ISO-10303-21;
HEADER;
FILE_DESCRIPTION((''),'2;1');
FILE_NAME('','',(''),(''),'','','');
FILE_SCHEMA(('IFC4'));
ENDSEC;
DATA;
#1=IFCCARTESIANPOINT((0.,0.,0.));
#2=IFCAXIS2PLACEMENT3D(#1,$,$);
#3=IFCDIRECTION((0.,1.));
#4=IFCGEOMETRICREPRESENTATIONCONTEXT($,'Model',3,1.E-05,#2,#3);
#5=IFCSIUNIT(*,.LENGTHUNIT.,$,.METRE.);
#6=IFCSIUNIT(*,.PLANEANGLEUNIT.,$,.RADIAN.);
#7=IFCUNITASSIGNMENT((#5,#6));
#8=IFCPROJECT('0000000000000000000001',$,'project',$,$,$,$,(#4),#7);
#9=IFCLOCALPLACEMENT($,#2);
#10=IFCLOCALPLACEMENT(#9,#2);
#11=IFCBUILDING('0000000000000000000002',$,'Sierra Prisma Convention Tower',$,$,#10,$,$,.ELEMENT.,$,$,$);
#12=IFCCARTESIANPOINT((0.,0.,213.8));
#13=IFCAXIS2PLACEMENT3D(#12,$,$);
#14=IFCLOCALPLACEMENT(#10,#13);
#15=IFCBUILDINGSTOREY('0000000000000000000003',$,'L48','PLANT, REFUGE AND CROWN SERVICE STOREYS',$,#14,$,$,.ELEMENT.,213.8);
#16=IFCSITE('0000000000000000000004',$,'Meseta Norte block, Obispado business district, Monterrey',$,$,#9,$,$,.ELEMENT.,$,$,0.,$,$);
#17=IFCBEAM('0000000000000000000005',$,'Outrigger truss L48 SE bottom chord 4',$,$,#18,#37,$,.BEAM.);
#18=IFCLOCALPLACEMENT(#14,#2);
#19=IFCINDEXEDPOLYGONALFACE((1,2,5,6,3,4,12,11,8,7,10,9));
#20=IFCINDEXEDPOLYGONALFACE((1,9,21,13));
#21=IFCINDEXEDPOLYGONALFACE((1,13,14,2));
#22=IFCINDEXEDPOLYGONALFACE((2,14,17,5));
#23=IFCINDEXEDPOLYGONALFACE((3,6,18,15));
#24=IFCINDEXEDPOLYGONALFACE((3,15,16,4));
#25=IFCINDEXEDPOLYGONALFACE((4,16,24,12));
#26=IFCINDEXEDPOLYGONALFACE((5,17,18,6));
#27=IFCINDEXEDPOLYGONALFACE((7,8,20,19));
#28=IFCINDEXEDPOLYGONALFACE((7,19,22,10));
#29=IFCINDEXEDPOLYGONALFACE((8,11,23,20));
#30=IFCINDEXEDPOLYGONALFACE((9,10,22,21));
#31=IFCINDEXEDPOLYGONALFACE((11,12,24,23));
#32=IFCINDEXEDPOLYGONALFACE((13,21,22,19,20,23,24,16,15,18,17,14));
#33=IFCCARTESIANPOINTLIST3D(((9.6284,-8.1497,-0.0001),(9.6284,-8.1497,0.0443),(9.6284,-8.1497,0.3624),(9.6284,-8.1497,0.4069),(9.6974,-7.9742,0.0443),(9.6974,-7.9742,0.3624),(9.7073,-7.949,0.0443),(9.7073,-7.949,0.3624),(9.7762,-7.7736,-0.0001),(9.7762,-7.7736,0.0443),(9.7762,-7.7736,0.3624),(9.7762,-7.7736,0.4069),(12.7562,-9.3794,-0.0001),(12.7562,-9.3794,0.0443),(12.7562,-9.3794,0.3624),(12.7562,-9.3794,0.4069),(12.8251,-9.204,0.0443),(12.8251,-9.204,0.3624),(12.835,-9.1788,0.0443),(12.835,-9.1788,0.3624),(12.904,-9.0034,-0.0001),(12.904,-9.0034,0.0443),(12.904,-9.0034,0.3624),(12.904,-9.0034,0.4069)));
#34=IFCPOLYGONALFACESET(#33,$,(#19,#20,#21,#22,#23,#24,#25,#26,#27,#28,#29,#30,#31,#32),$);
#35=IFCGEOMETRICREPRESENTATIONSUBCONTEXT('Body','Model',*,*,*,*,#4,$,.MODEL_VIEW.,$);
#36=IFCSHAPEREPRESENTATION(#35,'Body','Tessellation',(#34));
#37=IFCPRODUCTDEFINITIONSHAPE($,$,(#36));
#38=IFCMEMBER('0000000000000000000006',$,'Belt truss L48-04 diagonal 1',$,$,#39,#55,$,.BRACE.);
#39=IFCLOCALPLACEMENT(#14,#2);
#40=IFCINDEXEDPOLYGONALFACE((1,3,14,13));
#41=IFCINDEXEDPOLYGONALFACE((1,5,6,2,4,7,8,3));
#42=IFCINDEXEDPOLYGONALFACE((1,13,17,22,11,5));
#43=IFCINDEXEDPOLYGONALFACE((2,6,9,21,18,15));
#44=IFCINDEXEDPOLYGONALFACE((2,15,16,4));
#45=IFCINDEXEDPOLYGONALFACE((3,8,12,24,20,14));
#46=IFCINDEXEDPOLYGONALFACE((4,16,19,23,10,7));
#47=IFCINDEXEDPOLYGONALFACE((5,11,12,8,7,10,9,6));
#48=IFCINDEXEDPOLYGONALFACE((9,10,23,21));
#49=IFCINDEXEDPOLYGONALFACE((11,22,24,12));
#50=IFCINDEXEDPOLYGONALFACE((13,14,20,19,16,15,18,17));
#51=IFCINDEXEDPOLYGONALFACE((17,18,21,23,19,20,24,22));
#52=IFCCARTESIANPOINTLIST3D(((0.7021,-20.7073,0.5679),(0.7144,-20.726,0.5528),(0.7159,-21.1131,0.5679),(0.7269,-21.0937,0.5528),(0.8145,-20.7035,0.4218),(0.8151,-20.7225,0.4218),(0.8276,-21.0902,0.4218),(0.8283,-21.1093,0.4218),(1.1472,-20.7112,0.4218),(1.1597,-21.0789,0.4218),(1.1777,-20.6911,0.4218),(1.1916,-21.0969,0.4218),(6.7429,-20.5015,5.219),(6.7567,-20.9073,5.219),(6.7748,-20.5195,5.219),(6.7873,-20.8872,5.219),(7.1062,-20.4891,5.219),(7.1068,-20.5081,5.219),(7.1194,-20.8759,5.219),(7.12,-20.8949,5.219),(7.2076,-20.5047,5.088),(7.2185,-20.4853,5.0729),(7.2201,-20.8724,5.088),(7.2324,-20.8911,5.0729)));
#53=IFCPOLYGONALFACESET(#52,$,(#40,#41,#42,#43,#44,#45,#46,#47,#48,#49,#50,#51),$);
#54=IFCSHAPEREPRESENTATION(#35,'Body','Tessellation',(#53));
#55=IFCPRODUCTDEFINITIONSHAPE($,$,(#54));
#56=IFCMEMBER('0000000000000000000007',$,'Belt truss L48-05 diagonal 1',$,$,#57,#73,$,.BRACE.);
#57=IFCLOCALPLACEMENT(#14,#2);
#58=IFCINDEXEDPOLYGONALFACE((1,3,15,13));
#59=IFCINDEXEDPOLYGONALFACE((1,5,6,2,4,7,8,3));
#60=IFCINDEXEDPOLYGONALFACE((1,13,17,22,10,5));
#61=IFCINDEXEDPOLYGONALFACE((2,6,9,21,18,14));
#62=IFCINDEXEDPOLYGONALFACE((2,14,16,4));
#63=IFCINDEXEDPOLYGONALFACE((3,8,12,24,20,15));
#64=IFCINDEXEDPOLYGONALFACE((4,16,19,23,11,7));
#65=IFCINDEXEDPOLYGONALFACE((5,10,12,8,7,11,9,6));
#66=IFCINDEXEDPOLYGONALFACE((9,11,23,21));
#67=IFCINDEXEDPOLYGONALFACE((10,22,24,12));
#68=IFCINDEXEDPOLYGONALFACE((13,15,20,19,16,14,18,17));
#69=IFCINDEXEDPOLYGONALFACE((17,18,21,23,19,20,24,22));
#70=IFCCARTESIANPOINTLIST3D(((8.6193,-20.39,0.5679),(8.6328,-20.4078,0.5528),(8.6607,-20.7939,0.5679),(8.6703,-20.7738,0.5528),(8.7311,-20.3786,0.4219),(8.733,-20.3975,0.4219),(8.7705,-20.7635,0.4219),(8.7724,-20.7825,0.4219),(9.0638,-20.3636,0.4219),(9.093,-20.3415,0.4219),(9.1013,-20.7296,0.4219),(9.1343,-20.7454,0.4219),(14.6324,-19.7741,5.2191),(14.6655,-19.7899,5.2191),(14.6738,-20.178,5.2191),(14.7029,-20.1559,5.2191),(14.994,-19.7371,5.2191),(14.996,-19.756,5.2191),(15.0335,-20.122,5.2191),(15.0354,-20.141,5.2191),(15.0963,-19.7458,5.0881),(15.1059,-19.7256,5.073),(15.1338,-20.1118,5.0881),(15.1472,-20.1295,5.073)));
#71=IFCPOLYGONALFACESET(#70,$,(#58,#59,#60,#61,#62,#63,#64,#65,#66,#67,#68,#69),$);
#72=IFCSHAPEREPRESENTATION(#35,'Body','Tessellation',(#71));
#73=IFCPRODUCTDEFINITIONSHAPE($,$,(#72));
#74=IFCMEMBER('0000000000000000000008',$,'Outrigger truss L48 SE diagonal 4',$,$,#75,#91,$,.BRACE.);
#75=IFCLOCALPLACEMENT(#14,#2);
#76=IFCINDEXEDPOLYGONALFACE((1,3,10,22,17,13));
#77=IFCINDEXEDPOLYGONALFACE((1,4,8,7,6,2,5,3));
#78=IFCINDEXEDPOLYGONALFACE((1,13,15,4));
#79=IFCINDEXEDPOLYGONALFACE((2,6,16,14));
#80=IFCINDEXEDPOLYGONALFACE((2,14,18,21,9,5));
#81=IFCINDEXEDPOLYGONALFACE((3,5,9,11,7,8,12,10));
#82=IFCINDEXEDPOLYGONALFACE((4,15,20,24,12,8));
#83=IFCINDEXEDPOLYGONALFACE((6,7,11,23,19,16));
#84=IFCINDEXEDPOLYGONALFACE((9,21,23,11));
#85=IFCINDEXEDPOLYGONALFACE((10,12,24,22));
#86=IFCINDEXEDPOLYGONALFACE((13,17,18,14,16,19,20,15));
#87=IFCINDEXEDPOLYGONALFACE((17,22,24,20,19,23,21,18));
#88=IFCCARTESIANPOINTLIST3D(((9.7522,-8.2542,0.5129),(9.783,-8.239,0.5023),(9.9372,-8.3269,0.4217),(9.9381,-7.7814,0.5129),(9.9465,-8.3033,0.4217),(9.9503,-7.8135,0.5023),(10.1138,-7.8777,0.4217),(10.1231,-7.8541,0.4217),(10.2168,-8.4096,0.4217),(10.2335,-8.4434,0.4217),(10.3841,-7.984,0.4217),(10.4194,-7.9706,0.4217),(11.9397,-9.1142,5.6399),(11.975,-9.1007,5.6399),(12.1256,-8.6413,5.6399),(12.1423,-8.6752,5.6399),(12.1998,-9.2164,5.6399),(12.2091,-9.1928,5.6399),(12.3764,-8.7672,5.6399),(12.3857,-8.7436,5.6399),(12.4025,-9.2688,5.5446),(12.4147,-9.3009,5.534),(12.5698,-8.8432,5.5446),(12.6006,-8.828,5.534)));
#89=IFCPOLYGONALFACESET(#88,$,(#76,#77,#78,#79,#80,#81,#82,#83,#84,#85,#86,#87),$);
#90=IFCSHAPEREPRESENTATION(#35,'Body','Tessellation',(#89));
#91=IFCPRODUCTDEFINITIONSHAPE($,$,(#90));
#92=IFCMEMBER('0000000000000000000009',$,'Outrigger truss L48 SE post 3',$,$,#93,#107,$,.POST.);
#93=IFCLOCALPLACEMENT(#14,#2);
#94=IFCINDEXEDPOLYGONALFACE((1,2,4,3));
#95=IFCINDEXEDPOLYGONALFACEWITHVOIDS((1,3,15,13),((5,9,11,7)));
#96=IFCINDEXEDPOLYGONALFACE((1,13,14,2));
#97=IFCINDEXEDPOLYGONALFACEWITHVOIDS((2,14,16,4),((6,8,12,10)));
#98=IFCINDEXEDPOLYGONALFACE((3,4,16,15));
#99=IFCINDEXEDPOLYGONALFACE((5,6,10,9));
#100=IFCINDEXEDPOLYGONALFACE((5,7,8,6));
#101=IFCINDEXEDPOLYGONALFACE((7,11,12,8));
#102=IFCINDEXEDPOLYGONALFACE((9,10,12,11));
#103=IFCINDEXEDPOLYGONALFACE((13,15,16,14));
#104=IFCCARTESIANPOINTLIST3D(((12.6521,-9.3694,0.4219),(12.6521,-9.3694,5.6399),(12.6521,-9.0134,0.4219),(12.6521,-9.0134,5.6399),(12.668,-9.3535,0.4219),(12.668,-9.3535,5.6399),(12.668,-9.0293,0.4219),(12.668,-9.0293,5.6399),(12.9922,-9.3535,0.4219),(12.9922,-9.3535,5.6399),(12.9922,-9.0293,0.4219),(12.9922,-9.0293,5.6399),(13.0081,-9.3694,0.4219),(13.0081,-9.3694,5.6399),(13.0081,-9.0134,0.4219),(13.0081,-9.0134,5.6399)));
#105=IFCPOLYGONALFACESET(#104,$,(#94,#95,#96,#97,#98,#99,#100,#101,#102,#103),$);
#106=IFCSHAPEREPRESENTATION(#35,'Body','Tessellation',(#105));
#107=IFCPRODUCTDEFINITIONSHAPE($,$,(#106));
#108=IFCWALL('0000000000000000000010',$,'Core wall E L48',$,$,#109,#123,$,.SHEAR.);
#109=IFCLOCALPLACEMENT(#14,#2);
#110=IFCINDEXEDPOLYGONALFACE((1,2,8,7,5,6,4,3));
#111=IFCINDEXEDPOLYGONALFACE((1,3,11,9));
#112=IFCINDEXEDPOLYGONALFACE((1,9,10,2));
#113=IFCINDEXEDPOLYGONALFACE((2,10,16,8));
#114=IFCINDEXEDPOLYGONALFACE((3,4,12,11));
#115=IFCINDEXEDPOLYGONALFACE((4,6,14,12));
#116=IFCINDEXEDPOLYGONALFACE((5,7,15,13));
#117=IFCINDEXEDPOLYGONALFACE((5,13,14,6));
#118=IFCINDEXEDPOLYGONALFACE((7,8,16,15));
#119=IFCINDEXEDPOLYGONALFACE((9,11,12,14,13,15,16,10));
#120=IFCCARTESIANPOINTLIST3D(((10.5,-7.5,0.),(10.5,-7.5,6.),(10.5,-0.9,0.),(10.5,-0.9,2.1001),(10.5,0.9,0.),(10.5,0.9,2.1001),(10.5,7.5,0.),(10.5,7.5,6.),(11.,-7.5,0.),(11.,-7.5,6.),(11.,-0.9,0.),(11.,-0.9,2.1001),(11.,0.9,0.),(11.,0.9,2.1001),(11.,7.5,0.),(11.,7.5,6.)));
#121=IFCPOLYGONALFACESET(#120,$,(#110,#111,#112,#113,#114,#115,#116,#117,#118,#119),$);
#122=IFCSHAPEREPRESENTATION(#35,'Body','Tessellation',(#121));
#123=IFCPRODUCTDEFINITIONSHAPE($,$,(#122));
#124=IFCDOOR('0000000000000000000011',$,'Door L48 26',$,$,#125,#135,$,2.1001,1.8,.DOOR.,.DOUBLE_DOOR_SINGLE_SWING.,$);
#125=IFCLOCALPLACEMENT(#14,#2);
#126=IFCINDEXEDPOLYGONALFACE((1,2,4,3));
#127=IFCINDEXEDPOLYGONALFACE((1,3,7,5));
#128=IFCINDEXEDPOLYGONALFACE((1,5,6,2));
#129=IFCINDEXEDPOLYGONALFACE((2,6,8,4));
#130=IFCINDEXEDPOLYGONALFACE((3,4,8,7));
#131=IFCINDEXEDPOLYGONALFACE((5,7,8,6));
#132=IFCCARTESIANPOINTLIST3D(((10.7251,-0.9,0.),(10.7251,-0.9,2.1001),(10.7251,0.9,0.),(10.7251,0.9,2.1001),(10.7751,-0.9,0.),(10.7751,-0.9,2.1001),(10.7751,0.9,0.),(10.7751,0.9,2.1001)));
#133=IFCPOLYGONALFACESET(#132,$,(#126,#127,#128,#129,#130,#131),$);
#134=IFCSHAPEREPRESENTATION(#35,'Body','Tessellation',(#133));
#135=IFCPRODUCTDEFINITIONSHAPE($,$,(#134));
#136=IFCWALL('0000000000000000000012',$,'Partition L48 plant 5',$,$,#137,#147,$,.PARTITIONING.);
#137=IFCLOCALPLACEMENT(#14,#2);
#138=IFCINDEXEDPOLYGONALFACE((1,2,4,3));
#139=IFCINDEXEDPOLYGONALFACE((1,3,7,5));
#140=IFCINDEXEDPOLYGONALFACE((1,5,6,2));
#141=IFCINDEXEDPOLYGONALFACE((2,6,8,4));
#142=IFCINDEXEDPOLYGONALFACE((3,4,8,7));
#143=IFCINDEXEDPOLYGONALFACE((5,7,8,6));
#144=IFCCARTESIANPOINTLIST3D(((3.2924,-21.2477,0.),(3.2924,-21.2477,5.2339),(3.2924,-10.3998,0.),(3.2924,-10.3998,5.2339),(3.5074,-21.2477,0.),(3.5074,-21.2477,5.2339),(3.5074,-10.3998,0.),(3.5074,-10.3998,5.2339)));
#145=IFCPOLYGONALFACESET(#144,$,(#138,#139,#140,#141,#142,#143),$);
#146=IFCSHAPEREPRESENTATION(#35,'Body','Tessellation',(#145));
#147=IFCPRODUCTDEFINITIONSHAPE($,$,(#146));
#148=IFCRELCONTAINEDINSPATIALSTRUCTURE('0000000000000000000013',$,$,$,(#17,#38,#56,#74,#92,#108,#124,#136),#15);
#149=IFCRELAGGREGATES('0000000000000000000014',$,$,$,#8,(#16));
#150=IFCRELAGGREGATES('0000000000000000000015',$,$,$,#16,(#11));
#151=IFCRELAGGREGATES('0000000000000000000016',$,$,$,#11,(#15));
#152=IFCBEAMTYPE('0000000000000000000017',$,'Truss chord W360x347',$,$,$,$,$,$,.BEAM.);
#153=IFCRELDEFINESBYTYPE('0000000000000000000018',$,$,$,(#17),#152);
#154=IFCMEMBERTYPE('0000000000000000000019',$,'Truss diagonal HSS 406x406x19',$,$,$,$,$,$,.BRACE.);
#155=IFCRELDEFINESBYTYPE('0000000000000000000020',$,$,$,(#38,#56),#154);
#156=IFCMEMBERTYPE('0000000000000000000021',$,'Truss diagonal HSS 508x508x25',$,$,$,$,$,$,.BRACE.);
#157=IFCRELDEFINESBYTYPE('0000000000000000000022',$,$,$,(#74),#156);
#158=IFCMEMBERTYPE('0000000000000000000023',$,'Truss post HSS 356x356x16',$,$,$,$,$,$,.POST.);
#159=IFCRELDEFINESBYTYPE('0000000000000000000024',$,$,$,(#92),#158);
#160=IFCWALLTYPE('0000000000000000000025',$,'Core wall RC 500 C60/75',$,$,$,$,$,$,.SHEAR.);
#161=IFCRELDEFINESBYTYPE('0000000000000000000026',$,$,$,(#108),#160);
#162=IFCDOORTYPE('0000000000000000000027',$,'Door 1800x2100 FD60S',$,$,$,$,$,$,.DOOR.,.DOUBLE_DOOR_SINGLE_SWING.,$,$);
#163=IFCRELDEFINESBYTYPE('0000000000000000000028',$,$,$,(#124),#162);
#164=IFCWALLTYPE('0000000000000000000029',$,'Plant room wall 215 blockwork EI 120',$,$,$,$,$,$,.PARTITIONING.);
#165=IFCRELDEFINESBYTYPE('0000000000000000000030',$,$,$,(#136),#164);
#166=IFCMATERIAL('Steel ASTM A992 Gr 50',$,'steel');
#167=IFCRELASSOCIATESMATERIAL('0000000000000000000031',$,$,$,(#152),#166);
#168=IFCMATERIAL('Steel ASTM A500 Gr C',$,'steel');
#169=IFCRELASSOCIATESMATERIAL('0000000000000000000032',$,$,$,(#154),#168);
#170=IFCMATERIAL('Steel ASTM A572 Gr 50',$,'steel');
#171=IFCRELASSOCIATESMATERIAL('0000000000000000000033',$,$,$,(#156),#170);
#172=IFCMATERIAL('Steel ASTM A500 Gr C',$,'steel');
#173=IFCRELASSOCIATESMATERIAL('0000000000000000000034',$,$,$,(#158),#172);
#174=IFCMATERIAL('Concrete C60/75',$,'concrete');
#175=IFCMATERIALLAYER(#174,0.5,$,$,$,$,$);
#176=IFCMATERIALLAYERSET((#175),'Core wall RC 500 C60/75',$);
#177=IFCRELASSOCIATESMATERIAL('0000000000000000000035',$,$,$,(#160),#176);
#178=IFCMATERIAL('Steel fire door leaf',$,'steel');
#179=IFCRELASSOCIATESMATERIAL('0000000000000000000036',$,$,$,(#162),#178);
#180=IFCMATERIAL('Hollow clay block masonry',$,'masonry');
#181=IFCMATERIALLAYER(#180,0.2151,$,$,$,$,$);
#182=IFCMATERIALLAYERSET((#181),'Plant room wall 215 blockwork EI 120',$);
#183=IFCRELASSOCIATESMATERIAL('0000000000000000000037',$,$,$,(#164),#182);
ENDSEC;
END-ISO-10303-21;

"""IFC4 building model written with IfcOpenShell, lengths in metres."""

from ifc_helpers import new_model, si_unit, direction, frame, frame_2d, origin, origin_2d, place, context, subcontext, project, spatial, rectangle, hollow_rectangle, i_section, extrude, clip, halfspace, material, layer, layer_set, material_profile, profile_set, type_object, element, fill, save


model = new_model("IFC4")

# Units and contexts
model_context = context("Model", 3, precision=1e-05, world=origin(), true_north=direction((0.0, 1.0)))
body_context = subcontext(model_context, "Body", "Model", "MODEL_VIEW")
ifc_project = project(units=[si_unit("LENGTHUNIT", "METRE"), si_unit("PLANEANGLEUNIT", "RADIAN")], contexts=[model_context])

# Site, building, storey
site_placement = place(None, origin())
site = spatial("IfcSite", under=ifc_project, at=site_placement, Name="Meseta Norte block, Obispado business district, Monterrey", CompositionType="ELEMENT", RefElevation=0.0)
building_placement = place(site_placement, origin())
building = spatial("IfcBuilding", under=site, at=building_placement, Name="Sierra Prisma Convention Tower", CompositionType="ELEMENT")
storey_placement = place(building_placement, frame((0.0, 0.0, 213.8)))
storey = spatial("IfcBuildingStorey", under=building, at=storey_placement, Name="L48", Description="PLANT, REFUGE AND CROWN SERVICE STOREYS", CompositionType="ELEMENT", Elevation=213.8)

# Beam
ifc_material_1 = material(Name="Steel ASTM A992 Gr 50", Category="steel")
ifc_material_profile_1 = material_profile(ifc_material_1, i_section(OverallWidth=0.4041, OverallDepth=0.407, WebThickness=0.0271, FlangeThickness=0.0444, at=origin_2d()), Name="W360x347")
ifc_profile_set_1 = profile_set([ifc_material_profile_1], Name="Steel ASTM A992 Gr 50")
beam_type_1 = type_object("IfcBeamType", Name="Truss chord W360x347", PredefinedType="BEAM", material=ifc_profile_set_1)
beam_1_placement = place(storey_placement, frame((12.8301, -9.1914, 0.2034), z_axis=(-0.93065, 0.365911, 0.0), x_axis=(-0.365911, -0.93065, 0.0)))
element("IfcBeam", 1, at=beam_1_placement, inside=storey, type_object=beam_type_1, Name="Outrigger truss L48 SE bottom chord 4", PredefinedType="BEAM", context=body_context, shape_type="SweptSolid", body=[
    extrude(i_section(OverallWidth=0.4041, OverallDepth=0.407, WebThickness=0.0271, FlangeThickness=0.0444, at=origin_2d()), origin(), (0.0, 0.0, 1.0), 3.3608),
])

# Members
ifc_material_2 = material(Name="Steel ASTM A500 Gr C", Category="steel")
ifc_material_profile_2 = material_profile(ifc_material_2, hollow_rectangle(XDim=0.406, YDim=0.406, WallThickness=0.019, at=origin_2d()), Name="Truss diagonal HSS 406x406x19")
ifc_profile_set_2 = profile_set([ifc_material_profile_2], Name="Steel ASTM A500 Gr C")
member_type_1 = type_object("IfcMemberType", Name="Truss diagonal HSS 406x406x19", PredefinedType="BRACE", material=ifc_profile_set_2)
member_1_placement = place(storey_placement, frame((0.8328, -20.906, 0.407), z_axis=(0.792057, 0.02699, 0.609851), x_axis=(-0.034056, 0.99942, 0.0)))
element("IfcMember", 2, at=member_1_placement, inside=storey, type_object=member_type_1, Name="Belt truss L48-04 diagonal 1", PredefinedType="BRACE", context=body_context, shape_type="SweptSolid", body=[
    clip(clip(extrude(hollow_rectangle(XDim=0.406, YDim=0.406, WallThickness=0.019, at=origin_2d()), origin(), (0.0, 0.0, 1.0), 7.9148), halfspace(frame((0.0, 0.0117, 0.009), z_axis=(0.0, 0.792516, 0.609851), x_axis=(1.0, 0.0, 0.0)), True)), halfspace(frame((-0.0002, -0.0117, 7.9058), z_axis=(0.0, -0.792516, -0.609851), x_axis=(1.0, 0.0, 0.0)), True)),
])
member_2_placement = place(storey_placement, frame((8.7632, -20.5793, 0.407), z_axis=(0.788401, 0.080752, 0.609839), x_axis=(-0.101893, 0.994795, 0.0)))
element("IfcMember", 3, at=member_2_placement, inside=storey, type_object=member_type_1, Name="Belt truss L48-05 diagonal 1", PredefinedType="BRACE", context=body_context, shape_type="SweptSolid", body=[
    clip(clip(extrude(hollow_rectangle(XDim=0.406, YDim=0.406, WallThickness=0.019, at=origin_2d()), origin(), (0.0, 0.0, 1.0), 7.915), halfspace(frame((0.0, 0.0117, 0.0093), z_axis=(0.0, 0.792526, 0.609839), x_axis=(1.0, 0.0, 0.0)), True)), halfspace(frame((0.0, -0.0117, 7.906), z_axis=(0.0, -0.792526, -0.609839), x_axis=(1.0, 0.0, 0.0)), True)),
])
ifc_material_3 = material(Name="Steel ASTM A572 Gr 50", Category="steel")
ifc_material_profile_3 = material_profile(ifc_material_3, hollow_rectangle(XDim=0.5081, YDim=0.5081, WallThickness=0.0254, at=origin_2d()), Name="Truss diagonal HSS 508x508x25")
ifc_profile_set_3 = profile_set([ifc_material_profile_3], Name="Steel ASTM A572 Gr 50")
member_type_2 = type_object("IfcMemberType", Name="Truss diagonal HSS 508x508x25", PredefinedType="BRACE", material=ifc_profile_set_3)
member_3_placement = place(storey_placement, frame((12.2927, -8.98, 5.6399), z_axis=(-0.387844, 0.152466, -0.909027), x_axis=(-0.365857, -0.930671, 0.0)))
element("IfcMember", 4, at=member_3_placement, inside=storey, type_object=member_type_2, Name="Outrigger truss L48 SE diagonal 4", PredefinedType="BRACE", context=body_context, shape_type="SweptSolid", body=[
    clip(clip(extrude(hollow_rectangle(XDim=0.5081, YDim=0.5081, WallThickness=0.0254, at=origin_2d()), origin(), (0.0, 0.0, 1.0), 5.7566), halfspace(frame((0.0, 0.0, 0.0), z_axis=(0.0, -0.416736, 0.909027), x_axis=(1.0, 0.0, 0.0)), True)), halfspace(frame((0.0, 0.0061, 5.7432), z_axis=(0.0, 0.416736, -0.909027), x_axis=(1.0, 0.0, 0.0)), True)),
])
ifc_material_4 = material(Name="Steel ASTM A500 Gr C", Category="steel")
ifc_material_profile_4 = material_profile(ifc_material_4, hollow_rectangle(XDim=0.356, YDim=0.356, WallThickness=0.0159, at=origin_2d()), Name="Truss post HSS 356x356x16")
ifc_profile_set_4 = profile_set([ifc_material_profile_4], Name="Steel ASTM A500 Gr C")
member_type_3 = type_object("IfcMemberType", Name="Truss post HSS 356x356x16", PredefinedType="POST", material=ifc_profile_set_4)
member_4_placement = place(storey_placement, frame((12.8301, -9.1914, 0.4219), z_axis=(0.0, 0.0, 1.0), x_axis=(1.0, 0.0, 0.0)))
element("IfcMember", 5, at=member_4_placement, inside=storey, type_object=member_type_3, Name="Outrigger truss L48 SE post 3", PredefinedType="POST", context=body_context, shape_type="SweptSolid", body=[
    extrude(hollow_rectangle(XDim=0.356, YDim=0.356, WallThickness=0.0159, at=origin_2d()), origin(), (0.0, 0.0, 1.0), 5.218),
])

# Wall, opening, door
ifc_material_5 = material(Name="Concrete C60/75", Category="concrete")
ifc_layer_1 = layer(ifc_material_5, 0.5)
ifc_layer_set_1 = layer_set([ifc_layer_1], Name="Core wall RC 500 C60/75")
wall_type_1 = type_object("IfcWallType", Name="Core wall RC 500 C60/75", PredefinedType="SHEAR", material=ifc_layer_set_1)
wall_1_placement = place(storey_placement, frame((10.75, -7.5, 0.0), z_axis=(0.0, 0.0, 1.0), x_axis=(0.0, 1.0, 0.0)))
wall_1 = element("IfcWall", 6, at=wall_1_placement, inside=storey, type_object=wall_type_1, Name="Core wall E L48", PredefinedType="SHEAR", context=body_context, shape_type="SweptSolid", body=[
    extrude(rectangle(XDim=15.0, YDim=0.5, at=frame_2d((7.5, 0.0))), origin(), (0.0, 0.0, 1.0), 6.0),
])
opening_placement = place(wall_1_placement, frame((6.6001, 0.0, 0.0)))
opening = element("IfcOpeningElement", 7, at=opening_placement, cuts=wall_1, PredefinedType="OPENING", context=body_context, shape_type="SweptSolid", body=[
    extrude(rectangle(XDim=1.8, YDim=2.1001, at=frame_2d((0.8999, 1.05))), frame((0.0, 0.25, 0.0), z_axis=(0.0, -1.0, 0.0), x_axis=(1.0, 0.0, 0.0)), (0.0, 0.0, 1.0), 0.5),
])
ifc_material_6 = material(Name="Steel fire door leaf", Category="steel")
door_type = type_object("IfcDoorType", Name="Door 1800x2100 FD60S", OperationType="DOUBLE_DOOR_SINGLE_SWING", PredefinedType="DOOR", material=ifc_material_6)
door_placement = place(opening_placement, origin())
door = element("IfcDoor", 8, at=door_placement, inside=storey, type_object=door_type, Name="Door L48 26", OperationType="DOUBLE_DOOR_SINGLE_SWING", OverallHeight=2.1001, OverallWidth=1.8, PredefinedType="DOOR", context=body_context, shape_type="SweptSolid", body=[
    extrude(rectangle(XDim=1.8, YDim=2.1001, at=frame_2d((0.8999, 1.05))), frame((0.0, 0.0249, 0.0), z_axis=(0.0, -1.0, 0.0), x_axis=(1.0, 0.0, 0.0)), (0.0, 0.0, 1.0), 0.05),
])
fill(opening, door)

# Wall
ifc_material_7 = material(Name="Hollow clay block masonry", Category="masonry")
ifc_layer_2 = layer(ifc_material_7, 0.2151)
ifc_layer_set_2 = layer_set([ifc_layer_2], Name="Plant room wall 215 blockwork EI 120")
wall_type_2 = type_object("IfcWallType", Name="Plant room wall 215 blockwork EI 120", PredefinedType="PARTITIONING", material=ifc_layer_set_2)
wall_2_placement = place(storey_placement, frame((3.3999, -10.3999, 0.0), z_axis=(0.0, 0.0, 1.0), x_axis=(0.0, -1.0, 0.0)))
element("IfcWall", 9, at=wall_2_placement, inside=storey, type_object=wall_type_2, Name="Partition L48 plant 5", PredefinedType="PARTITIONING", context=body_context, shape_type="SweptSolid", body=[
    extrude(rectangle(XDim=10.8479, YDim=0.2151, at=frame_2d((5.4238, 0.0))), origin(), (0.0, 0.0, 1.0), 5.2339),
])

save(model, "model.ifc")
